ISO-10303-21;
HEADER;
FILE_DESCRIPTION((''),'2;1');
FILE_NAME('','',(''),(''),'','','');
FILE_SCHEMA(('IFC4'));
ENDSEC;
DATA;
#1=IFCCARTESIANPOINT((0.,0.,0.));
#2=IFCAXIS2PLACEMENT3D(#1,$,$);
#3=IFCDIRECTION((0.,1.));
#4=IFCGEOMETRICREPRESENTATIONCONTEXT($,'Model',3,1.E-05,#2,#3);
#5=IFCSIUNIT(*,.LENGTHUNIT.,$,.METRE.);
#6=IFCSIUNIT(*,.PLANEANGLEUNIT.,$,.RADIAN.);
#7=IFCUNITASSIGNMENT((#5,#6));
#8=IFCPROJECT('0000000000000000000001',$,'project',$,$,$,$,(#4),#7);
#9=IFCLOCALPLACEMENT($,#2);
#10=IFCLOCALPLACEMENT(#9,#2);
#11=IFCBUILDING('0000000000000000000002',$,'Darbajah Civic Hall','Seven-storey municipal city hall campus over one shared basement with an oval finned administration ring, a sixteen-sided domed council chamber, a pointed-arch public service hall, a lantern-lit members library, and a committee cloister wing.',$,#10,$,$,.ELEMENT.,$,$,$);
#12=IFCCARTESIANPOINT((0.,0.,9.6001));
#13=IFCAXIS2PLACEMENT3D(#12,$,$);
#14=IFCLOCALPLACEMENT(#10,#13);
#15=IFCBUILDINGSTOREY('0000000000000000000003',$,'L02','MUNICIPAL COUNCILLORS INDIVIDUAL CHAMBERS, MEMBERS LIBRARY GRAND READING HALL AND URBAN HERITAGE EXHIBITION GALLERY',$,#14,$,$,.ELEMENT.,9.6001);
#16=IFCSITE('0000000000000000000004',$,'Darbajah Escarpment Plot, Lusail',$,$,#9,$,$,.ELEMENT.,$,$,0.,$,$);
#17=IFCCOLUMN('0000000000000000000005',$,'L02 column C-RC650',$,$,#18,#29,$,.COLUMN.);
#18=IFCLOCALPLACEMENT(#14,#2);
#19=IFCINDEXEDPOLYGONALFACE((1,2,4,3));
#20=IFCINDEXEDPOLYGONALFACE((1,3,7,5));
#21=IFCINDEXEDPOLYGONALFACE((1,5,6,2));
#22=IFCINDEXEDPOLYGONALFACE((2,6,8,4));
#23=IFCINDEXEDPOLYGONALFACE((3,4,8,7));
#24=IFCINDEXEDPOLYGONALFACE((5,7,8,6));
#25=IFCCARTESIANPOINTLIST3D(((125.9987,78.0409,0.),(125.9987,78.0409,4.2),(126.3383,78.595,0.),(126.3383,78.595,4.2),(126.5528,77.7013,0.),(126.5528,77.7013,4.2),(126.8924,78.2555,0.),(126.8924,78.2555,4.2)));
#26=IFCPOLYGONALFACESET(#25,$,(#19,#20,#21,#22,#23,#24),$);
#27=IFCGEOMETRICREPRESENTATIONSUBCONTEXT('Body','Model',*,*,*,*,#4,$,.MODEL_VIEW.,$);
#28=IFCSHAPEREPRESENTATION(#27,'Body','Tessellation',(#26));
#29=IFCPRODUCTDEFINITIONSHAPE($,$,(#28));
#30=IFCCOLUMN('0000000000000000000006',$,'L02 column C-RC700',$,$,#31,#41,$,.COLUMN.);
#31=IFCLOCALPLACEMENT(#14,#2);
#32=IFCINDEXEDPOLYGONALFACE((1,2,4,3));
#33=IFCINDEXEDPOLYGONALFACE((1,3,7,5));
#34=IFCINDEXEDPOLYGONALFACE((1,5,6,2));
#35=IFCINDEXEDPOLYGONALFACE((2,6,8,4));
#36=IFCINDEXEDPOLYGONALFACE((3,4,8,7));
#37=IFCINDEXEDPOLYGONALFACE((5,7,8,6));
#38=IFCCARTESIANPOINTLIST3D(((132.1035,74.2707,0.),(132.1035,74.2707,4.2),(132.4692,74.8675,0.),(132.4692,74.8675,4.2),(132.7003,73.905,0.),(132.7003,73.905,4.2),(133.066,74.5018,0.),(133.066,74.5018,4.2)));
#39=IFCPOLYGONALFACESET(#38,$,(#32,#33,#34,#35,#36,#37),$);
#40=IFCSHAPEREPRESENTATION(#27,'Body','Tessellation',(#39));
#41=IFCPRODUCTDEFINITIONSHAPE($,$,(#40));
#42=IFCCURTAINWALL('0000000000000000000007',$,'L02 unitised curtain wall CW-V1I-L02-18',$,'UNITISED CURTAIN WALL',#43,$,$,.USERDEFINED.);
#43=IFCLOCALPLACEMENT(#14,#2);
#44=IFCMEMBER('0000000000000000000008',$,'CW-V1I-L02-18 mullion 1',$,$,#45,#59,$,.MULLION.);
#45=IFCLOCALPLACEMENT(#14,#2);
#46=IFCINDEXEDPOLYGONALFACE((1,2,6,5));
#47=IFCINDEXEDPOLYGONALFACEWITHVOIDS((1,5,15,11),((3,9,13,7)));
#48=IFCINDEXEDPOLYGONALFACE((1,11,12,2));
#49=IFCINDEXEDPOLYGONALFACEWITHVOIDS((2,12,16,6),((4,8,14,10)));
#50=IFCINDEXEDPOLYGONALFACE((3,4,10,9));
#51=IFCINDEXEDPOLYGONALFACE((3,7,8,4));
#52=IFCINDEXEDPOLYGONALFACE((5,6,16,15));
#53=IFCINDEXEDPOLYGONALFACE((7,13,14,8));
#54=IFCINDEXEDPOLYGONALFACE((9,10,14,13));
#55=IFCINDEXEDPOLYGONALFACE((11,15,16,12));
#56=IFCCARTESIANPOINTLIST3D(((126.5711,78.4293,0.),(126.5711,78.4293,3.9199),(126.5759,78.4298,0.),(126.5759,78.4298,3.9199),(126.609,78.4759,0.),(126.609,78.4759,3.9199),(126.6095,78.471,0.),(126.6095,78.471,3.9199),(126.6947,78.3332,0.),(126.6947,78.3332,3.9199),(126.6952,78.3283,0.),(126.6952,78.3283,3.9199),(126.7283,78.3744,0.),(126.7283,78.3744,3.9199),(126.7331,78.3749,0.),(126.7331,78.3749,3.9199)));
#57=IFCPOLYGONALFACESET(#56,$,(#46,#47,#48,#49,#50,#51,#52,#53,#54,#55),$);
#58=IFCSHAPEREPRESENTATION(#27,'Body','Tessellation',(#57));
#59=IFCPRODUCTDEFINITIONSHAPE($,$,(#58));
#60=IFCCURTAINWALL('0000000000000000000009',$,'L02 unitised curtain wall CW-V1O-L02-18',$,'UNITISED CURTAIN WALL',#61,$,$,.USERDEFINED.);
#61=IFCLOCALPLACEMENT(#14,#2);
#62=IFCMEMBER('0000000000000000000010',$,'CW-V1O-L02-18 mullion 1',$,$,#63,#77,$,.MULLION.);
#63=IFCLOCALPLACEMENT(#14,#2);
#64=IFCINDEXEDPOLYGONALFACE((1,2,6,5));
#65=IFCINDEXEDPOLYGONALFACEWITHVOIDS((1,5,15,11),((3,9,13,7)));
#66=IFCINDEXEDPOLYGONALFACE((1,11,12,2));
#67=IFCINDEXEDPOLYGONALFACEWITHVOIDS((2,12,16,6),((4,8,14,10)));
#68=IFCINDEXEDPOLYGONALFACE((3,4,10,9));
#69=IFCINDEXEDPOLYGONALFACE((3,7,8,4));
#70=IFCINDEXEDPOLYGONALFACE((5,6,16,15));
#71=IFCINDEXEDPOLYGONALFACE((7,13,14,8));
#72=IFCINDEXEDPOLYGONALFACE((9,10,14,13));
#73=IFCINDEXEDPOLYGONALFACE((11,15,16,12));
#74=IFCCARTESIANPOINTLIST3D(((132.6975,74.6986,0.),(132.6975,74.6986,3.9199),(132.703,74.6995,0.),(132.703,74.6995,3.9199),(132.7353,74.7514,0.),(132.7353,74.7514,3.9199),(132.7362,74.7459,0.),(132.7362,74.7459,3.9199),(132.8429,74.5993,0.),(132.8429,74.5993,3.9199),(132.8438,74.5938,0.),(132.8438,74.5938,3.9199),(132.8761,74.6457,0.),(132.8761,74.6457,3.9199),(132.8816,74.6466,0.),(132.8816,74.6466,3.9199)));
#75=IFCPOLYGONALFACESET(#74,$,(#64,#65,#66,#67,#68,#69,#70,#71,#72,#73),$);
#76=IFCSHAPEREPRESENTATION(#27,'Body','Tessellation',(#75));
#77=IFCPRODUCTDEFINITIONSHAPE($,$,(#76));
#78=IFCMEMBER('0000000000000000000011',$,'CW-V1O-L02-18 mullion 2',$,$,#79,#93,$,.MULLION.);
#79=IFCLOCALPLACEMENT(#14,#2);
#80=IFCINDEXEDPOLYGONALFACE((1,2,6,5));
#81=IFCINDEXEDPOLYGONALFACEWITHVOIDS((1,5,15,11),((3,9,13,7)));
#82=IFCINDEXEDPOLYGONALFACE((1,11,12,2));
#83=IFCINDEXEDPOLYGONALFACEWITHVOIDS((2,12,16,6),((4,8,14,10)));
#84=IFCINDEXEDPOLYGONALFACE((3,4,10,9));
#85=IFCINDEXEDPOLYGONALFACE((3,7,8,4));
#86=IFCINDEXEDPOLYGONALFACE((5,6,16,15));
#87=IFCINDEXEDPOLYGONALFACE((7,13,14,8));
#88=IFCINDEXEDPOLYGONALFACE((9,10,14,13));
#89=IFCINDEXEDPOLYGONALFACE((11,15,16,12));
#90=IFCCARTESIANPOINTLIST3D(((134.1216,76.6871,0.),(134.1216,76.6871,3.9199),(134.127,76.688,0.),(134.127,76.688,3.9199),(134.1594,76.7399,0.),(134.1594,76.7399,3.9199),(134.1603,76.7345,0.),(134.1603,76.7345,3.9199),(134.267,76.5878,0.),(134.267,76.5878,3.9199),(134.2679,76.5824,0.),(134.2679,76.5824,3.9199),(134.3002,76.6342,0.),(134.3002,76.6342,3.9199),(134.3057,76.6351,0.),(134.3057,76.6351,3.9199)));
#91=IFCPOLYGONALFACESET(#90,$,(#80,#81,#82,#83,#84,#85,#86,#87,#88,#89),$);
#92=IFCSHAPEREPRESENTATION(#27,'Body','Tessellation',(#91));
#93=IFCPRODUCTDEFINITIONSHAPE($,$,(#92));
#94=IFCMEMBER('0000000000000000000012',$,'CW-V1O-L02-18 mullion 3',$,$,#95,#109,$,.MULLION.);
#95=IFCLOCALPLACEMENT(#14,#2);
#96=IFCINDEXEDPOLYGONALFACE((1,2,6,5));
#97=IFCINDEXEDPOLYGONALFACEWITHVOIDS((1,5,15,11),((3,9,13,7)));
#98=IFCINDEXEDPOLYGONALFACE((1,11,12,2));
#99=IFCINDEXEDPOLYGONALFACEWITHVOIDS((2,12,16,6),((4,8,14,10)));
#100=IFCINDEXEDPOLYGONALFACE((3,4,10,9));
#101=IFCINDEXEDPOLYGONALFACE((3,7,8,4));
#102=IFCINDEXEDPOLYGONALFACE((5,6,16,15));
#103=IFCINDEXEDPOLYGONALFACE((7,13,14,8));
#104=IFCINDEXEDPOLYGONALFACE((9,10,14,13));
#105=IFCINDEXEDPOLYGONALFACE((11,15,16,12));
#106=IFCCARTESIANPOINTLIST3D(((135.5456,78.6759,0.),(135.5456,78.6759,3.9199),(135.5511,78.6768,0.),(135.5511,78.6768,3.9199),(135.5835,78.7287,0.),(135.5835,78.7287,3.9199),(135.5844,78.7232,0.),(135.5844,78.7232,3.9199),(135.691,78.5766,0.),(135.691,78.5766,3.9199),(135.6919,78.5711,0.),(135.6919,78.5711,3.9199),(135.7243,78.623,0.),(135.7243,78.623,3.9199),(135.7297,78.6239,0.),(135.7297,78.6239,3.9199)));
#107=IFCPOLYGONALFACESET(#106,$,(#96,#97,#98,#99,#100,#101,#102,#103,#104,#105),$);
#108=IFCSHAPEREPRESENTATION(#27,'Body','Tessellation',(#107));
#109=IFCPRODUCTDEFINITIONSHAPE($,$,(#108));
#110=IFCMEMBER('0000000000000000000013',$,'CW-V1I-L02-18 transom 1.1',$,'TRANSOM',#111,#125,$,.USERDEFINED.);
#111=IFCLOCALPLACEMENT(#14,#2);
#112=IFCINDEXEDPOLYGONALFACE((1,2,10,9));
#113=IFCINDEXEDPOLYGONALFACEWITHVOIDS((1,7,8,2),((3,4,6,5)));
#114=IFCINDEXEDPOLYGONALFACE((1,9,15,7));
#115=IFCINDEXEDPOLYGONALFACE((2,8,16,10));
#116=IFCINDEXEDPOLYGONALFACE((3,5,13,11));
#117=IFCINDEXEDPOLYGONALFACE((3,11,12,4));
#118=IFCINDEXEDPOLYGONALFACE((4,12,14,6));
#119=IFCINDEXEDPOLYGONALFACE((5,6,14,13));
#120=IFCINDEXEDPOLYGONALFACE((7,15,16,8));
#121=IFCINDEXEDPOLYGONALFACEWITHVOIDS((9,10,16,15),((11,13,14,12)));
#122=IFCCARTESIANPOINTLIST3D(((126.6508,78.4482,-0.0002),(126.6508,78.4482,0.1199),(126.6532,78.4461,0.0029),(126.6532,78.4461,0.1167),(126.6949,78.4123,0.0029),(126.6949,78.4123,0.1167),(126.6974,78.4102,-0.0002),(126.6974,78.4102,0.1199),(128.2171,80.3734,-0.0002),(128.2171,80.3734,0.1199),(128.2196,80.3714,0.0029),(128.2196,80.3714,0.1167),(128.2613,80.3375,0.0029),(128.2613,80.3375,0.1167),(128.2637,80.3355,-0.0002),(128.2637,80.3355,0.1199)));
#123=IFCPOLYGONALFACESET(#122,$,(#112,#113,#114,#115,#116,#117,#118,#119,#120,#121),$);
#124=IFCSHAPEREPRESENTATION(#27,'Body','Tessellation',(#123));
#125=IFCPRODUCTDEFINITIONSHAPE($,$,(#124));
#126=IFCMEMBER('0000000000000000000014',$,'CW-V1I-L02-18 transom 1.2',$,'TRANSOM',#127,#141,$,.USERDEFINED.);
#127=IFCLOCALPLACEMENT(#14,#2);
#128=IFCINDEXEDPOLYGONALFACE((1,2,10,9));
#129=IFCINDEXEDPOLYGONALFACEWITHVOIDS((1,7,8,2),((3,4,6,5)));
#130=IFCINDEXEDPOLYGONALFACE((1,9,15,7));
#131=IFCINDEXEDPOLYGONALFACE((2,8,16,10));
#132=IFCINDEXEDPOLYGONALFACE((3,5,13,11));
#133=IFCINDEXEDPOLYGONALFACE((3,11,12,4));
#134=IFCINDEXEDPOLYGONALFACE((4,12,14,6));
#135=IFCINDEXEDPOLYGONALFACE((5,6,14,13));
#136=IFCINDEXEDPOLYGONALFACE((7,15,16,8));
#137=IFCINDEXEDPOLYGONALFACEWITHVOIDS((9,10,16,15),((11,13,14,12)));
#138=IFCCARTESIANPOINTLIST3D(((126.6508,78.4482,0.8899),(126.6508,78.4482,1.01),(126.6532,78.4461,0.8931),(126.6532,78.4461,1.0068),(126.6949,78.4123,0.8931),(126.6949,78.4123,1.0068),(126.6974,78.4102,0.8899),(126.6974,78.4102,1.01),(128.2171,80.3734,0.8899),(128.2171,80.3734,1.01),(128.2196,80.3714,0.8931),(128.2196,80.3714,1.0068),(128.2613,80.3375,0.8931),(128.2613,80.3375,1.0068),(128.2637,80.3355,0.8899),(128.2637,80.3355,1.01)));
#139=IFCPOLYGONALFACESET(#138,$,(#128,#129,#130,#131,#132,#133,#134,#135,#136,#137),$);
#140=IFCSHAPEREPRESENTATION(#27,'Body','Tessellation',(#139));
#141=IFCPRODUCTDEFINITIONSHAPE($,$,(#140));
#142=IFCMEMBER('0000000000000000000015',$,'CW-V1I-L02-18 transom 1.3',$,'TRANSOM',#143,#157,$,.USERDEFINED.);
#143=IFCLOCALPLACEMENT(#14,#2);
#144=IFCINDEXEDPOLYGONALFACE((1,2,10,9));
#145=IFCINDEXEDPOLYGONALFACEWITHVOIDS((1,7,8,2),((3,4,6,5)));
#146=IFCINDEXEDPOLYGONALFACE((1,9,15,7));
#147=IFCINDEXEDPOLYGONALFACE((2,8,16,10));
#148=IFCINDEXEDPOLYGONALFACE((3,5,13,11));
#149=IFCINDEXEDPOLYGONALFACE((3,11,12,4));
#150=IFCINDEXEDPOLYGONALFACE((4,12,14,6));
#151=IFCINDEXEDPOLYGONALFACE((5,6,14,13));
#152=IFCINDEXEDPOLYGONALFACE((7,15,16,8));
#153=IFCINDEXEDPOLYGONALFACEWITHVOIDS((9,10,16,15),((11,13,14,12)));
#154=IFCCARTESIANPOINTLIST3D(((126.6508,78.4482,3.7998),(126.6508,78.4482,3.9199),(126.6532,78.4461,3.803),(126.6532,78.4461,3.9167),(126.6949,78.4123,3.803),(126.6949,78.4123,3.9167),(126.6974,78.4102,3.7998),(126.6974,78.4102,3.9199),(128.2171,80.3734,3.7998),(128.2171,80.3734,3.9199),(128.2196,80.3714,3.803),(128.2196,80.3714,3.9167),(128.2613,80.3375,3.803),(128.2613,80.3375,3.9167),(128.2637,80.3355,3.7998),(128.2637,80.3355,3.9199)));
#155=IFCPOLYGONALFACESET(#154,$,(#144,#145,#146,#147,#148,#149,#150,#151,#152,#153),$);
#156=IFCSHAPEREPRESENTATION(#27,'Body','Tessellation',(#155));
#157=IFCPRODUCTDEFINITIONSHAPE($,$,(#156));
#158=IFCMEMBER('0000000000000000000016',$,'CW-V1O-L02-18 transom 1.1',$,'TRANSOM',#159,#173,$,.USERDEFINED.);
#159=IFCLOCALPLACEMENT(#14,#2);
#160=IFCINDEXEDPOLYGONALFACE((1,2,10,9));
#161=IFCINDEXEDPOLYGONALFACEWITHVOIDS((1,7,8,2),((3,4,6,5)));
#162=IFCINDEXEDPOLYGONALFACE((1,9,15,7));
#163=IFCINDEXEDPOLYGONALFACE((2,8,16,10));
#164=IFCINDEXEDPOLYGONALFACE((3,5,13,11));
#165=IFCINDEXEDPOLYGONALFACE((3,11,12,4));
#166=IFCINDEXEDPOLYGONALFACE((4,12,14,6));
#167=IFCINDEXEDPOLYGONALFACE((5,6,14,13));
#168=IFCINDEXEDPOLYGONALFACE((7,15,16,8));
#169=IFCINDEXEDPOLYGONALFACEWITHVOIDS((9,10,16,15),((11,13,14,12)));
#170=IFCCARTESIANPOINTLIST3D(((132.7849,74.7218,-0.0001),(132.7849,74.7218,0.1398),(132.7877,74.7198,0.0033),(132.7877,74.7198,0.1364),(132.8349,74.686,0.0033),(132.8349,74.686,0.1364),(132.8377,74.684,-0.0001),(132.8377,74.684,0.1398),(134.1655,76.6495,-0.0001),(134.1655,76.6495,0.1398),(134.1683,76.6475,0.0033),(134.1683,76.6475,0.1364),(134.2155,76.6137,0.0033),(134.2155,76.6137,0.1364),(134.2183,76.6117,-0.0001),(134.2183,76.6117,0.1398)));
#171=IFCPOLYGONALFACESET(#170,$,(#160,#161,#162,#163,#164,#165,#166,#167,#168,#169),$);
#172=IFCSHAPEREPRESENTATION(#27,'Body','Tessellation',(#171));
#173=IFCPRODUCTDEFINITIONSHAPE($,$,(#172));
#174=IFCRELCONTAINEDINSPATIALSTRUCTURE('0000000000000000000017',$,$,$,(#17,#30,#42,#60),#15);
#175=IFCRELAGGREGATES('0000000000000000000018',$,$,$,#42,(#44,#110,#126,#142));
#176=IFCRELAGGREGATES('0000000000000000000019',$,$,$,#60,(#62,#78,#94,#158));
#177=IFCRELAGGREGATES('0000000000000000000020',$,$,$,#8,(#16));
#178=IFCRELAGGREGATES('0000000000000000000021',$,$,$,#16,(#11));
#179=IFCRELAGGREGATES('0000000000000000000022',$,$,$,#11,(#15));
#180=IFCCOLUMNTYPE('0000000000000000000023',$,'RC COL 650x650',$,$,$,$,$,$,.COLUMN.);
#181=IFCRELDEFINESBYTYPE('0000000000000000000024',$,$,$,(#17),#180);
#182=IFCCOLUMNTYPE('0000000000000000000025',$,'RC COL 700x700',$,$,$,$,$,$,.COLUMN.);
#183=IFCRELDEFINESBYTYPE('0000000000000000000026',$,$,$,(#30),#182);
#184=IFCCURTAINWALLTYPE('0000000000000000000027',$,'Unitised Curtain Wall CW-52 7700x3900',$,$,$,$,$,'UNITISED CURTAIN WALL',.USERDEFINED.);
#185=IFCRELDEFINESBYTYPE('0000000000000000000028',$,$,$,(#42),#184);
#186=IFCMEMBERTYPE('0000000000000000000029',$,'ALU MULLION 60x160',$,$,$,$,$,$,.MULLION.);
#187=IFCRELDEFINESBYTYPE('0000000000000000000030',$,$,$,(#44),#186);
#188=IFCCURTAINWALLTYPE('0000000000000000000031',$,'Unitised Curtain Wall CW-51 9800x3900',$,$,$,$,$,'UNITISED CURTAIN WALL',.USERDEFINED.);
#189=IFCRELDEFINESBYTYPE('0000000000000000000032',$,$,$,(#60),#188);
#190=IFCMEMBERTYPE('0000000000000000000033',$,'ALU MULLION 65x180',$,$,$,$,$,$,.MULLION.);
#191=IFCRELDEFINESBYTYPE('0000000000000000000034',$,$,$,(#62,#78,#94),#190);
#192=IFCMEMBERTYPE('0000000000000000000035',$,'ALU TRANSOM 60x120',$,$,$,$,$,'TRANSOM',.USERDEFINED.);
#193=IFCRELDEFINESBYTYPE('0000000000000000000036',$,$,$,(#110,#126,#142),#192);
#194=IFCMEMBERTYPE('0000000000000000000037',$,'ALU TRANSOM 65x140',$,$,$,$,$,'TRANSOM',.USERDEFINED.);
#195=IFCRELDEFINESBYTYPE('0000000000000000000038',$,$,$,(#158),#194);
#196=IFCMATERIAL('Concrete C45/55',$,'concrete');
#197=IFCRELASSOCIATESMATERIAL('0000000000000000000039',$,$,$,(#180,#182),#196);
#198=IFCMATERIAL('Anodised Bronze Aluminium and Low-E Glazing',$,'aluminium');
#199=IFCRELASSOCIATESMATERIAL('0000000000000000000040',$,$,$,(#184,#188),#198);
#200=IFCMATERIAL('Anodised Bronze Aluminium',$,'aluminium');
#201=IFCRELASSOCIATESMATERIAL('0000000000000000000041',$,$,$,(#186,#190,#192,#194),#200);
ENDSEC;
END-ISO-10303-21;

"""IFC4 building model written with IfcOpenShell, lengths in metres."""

from ifc_helpers import new_model, si_unit, direction, frame, origin, origin_2d, place, context, subcontext, project, spatial, rectangle, hollow_rectangle, extrude, material, material_profile, profile_set, type_object, element, aggregate, save


model = new_model("IFC4")

# Units and contexts
model_context = context("Model", 3, precision=1e-05, world=origin(), true_north=direction((0.0, 1.0)))
body_context = subcontext(model_context, "Body", "Model", "MODEL_VIEW")
ifc_project = project(units=[si_unit("LENGTHUNIT", "METRE"), si_unit("PLANEANGLEUNIT", "RADIAN")], contexts=[model_context])

# Site, building, storey
site_placement = place(None, origin())
site = spatial("IfcSite", under=ifc_project, at=site_placement, Name="Darbajah Escarpment Plot, Lusail", CompositionType="ELEMENT", RefElevation=0.0)
building_placement = place(site_placement, origin())
building = spatial("IfcBuilding", under=site, at=building_placement, Name="Darbajah Civic Hall", Description="Seven-storey municipal city hall campus over one shared basement with an oval finned administration ring, a sixteen-sided domed council chamber, a pointed-arch public service hall, a lantern-lit members library, and a committee cloister wing.", CompositionType="ELEMENT")
storey_placement = place(building_placement, frame((0.0, 0.0, 9.6001)))
storey = spatial("IfcBuildingStorey", under=building, at=storey_placement, Name="L02", Description="MUNICIPAL COUNCILLORS INDIVIDUAL CHAMBERS, MEMBERS LIBRARY GRAND READING HALL AND URBAN HERITAGE EXHIBITION GALLERY", CompositionType="ELEMENT", Elevation=9.6001)

# Columns
ifc_material_1 = material(Name="Concrete C45/55", Category="concrete")
ifc_material_profile_1 = material_profile(ifc_material_1, rectangle(XDim=0.6499, YDim=0.6499, at=origin_2d()), Name="RC COL 650x650")
ifc_profile_set_1 = profile_set([ifc_material_profile_1], Name="Concrete C45/55")
column_type_1 = type_object("IfcColumnType", Name="RC COL 650x650", PredefinedType="COLUMN", material=ifc_profile_set_1)
column_1_placement = place(storey_placement, frame((126.4456, 78.1482, 0.0), z_axis=(0.0, 0.0, 1.0), x_axis=(0.85264, -0.522499, 0.0)))
element("IfcColumn", 1, at=column_1_placement, inside=storey, type_object=column_type_1, Name="L02 column C-RC650", PredefinedType="COLUMN", context=body_context, shape_type="SweptSolid", body=[
    extrude(rectangle(XDim=0.6499, YDim=0.6499, at=origin_2d()), origin(), (0.0, 0.0, 1.0), 4.2),
])
ifc_material_profile_2 = material_profile(ifc_material_1, rectangle(XDim=0.7, YDim=0.7, at=origin_2d()), Name="RC COL 700x700")
ifc_profile_set_2 = profile_set([ifc_material_profile_2], Name="Concrete C45/55")
column_type_2 = type_object("IfcColumnType", Name="RC COL 700x700", PredefinedType="COLUMN", material=ifc_profile_set_2)
column_2_placement = place(storey_placement, frame((132.5847, 74.3862, 0.0), z_axis=(0.0, 0.0, 1.0), x_axis=(0.85264, -0.522499, 0.0)))
element("IfcColumn", 2, at=column_2_placement, inside=storey, type_object=column_type_2, Name="L02 column C-RC700", PredefinedType="COLUMN", context=body_context, shape_type="SweptSolid", body=[
    extrude(rectangle(XDim=0.7, YDim=0.7, at=origin_2d()), origin(), (0.0, 0.0, 1.0), 4.2),
])

# Curtain wall, member
ifc_material_2 = material(Name="Anodised Bronze Aluminium and Low-E Glazing", Category="aluminium")
curtain_wall_type_1 = type_object("IfcCurtainWallType", Name="Unitised Curtain Wall CW-52 7700x3900", ElementType="UNITISED CURTAIN WALL", PredefinedType="USERDEFINED", material=ifc_material_2)
curtain_wall_1_placement = place(storey_placement, origin())
curtain_wall_1 = element("IfcCurtainWall", 3, at=curtain_wall_1_placement, inside=storey, type_object=curtain_wall_type_1, Name="L02 unitised curtain wall CW-V1I-L02-18", ObjectType="UNITISED CURTAIN WALL", PredefinedType="USERDEFINED")
ifc_material_3 = material(Name="Anodised Bronze Aluminium", Category="aluminium")
ifc_material_profile_3 = material_profile(ifc_material_3, hollow_rectangle(XDim=0.0601, YDim=0.1599, WallThickness=0.0034, at=origin_2d()), Name="ALU MULLION 60x160")
ifc_profile_set_3 = profile_set([ifc_material_profile_3], Name="Anodised Bronze Aluminium")
member_type_1 = type_object("IfcMemberType", Name="ALU MULLION 60x160", PredefinedType="MULLION", material=ifc_profile_set_3)
member_1_placement = place(storey_placement, frame((126.6521, 78.4021, 0.0), z_axis=(0.0, 0.0, 1.0), x_axis=(0.631082, 0.775716, 0.0)))
member_1 = element("IfcMember", 4, at=member_1_placement, type_object=member_type_1, Name="CW-V1I-L02-18 mullion 1", PredefinedType="MULLION", context=body_context, shape_type="SweptSolid", body=[
    extrude(hollow_rectangle(XDim=0.0601, YDim=0.1599, WallThickness=0.0034, at=origin_2d()), origin(), (0.0, 0.0, 1.0), 3.9199),
])

# Curtain wall, members
curtain_wall_type_2 = type_object("IfcCurtainWallType", Name="Unitised Curtain Wall CW-51 9800x3900", ElementType="UNITISED CURTAIN WALL", PredefinedType="USERDEFINED", material=ifc_material_2)
curtain_wall_2_placement = place(storey_placement, origin())
curtain_wall_2 = element("IfcCurtainWall", 5, at=curtain_wall_2_placement, inside=storey, type_object=curtain_wall_type_2, Name="L02 unitised curtain wall CW-V1O-L02-18", ObjectType="UNITISED CURTAIN WALL", PredefinedType="USERDEFINED")
ifc_material_profile_4 = material_profile(ifc_material_3, hollow_rectangle(XDim=0.0649, YDim=0.1799, WallThickness=0.0039, at=origin_2d()), Name="ALU MULLION 65x180")
ifc_profile_set_4 = profile_set([ifc_material_profile_4], Name="Anodised Bronze Aluminium")
member_type_2 = type_object("IfcMemberType", Name="ALU MULLION 65x180", PredefinedType="MULLION", material=ifc_profile_set_4)
member_2_placement = place(storey_placement, frame((132.7896, 74.6726, 0.0), z_axis=(0.0, 0.0, 1.0), x_axis=(0.582265, 0.812999, 0.0)))
member_2 = element("IfcMember", 6, at=member_2_placement, type_object=member_type_2, Name="CW-V1O-L02-18 mullion 1", PredefinedType="MULLION", context=body_context, shape_type="SweptSolid", body=[
    extrude(hollow_rectangle(XDim=0.0649, YDim=0.1799, WallThickness=0.0039, at=origin_2d()), origin(), (0.0, 0.0, 1.0), 3.9199),
])
member_3_placement = place(storey_placement, frame((134.2136, 76.6611, 0.0), z_axis=(0.0, 0.0, 1.0), x_axis=(0.582265, 0.812999, 0.0)))
member_3 = element("IfcMember", 7, at=member_3_placement, type_object=member_type_2, Name="CW-V1O-L02-18 mullion 2", PredefinedType="MULLION", context=body_context, shape_type="SweptSolid", body=[
    extrude(hollow_rectangle(XDim=0.0649, YDim=0.1799, WallThickness=0.0039, at=origin_2d()), origin(), (0.0, 0.0, 1.0), 3.9199),
])
member_4_placement = place(storey_placement, frame((135.6377, 78.6499, 0.0), z_axis=(0.0, 0.0, 1.0), x_axis=(0.582265, 0.812999, 0.0)))
member_4 = element("IfcMember", 8, at=member_4_placement, type_object=member_type_2, Name="CW-V1O-L02-18 mullion 3", PredefinedType="MULLION", context=body_context, shape_type="SweptSolid", body=[
    extrude(hollow_rectangle(XDim=0.0649, YDim=0.1799, WallThickness=0.0039, at=origin_2d()), origin(), (0.0, 0.0, 1.0), 3.9199),
])

# Members
ifc_material_profile_5 = material_profile(ifc_material_3, hollow_rectangle(XDim=0.0601, YDim=0.1201, WallThickness=0.0032, at=origin_2d()), Name="ALU TRANSOM 60x120")
ifc_profile_set_5 = profile_set([ifc_material_profile_5], Name="Anodised Bronze Aluminium")
member_type_3 = type_object("IfcMemberType", Name="ALU TRANSOM 60x120", ElementType="TRANSOM", PredefinedType="USERDEFINED", material=ifc_profile_set_5)
member_5_placement = place(storey_placement, frame((126.6741, 78.4292, 0.0598), z_axis=(0.631104, 0.775699, 0.0), x_axis=(-0.775699, 0.631104, 0.0)))
member_5 = element("IfcMember", 9, at=member_5_placement, type_object=member_type_3, Name="CW-V1I-L02-18 transom 1.1", ObjectType="TRANSOM", PredefinedType="USERDEFINED", context=body_context, shape_type="SweptSolid", body=[
    extrude(hollow_rectangle(XDim=0.0601, YDim=0.1201, WallThickness=0.0032, at=origin_2d()), origin(), (0.0, 0.0, 1.0), 2.4819),
])
member_6_placement = place(storey_placement, frame((126.6741, 78.4292, 0.95), z_axis=(0.631104, 0.775699, 0.0), x_axis=(-0.775699, 0.631104, 0.0)))
member_6 = element("IfcMember", 10, at=member_6_placement, type_object=member_type_3, Name="CW-V1I-L02-18 transom 1.2", ObjectType="TRANSOM", PredefinedType="USERDEFINED", context=body_context, shape_type="SweptSolid", body=[
    extrude(hollow_rectangle(XDim=0.0601, YDim=0.1201, WallThickness=0.0032, at=origin_2d()), origin(), (0.0, 0.0, 1.0), 2.4819),
])
member_7_placement = place(storey_placement, frame((126.6741, 78.4292, 3.8599), z_axis=(0.631104, 0.775699, 0.0), x_axis=(-0.775699, 0.631104, 0.0)))
member_7 = element("IfcMember", 11, at=member_7_placement, type_object=member_type_3, Name="CW-V1I-L02-18 transom 1.3", ObjectType="TRANSOM", PredefinedType="USERDEFINED", context=body_context, shape_type="SweptSolid", body=[
    extrude(hollow_rectangle(XDim=0.0601, YDim=0.1201, WallThickness=0.0032, at=origin_2d()), origin(), (0.0, 0.0, 1.0), 2.4819),
])
aggregate(curtain_wall_1, [member_1, member_5, member_6, member_7])
ifc_material_profile_6 = material_profile(ifc_material_3, hollow_rectangle(XDim=0.0649, YDim=0.1399, WallThickness=0.0034, at=origin_2d()), Name="ALU TRANSOM 65x140")
ifc_profile_set_6 = profile_set([ifc_material_profile_6], Name="Anodised Bronze Aluminium")
member_type_4 = type_object("IfcMemberType", Name="ALU TRANSOM 65x140", ElementType="TRANSOM", PredefinedType="USERDEFINED", material=ifc_profile_set_6)
member_8_placement = place(storey_placement, frame((132.8113, 74.7029, 0.0698), z_axis=(0.58226, 0.813002, 0.0), x_axis=(-0.813002, 0.58226, 0.0)))
member_8 = element("IfcMember", 12, at=member_8_placement, type_object=member_type_4, Name="CW-V1O-L02-18 transom 1.1", ObjectType="TRANSOM", PredefinedType="USERDEFINED", context=body_context, shape_type="SweptSolid", body=[
    extrude(hollow_rectangle(XDim=0.0649, YDim=0.1399, WallThickness=0.0034, at=origin_2d()), origin(), (0.0, 0.0, 1.0), 2.3711),
])

aggregate(curtain_wall_2, [member_2, member_3, member_4, member_8])

save(model, "model.ifc")
